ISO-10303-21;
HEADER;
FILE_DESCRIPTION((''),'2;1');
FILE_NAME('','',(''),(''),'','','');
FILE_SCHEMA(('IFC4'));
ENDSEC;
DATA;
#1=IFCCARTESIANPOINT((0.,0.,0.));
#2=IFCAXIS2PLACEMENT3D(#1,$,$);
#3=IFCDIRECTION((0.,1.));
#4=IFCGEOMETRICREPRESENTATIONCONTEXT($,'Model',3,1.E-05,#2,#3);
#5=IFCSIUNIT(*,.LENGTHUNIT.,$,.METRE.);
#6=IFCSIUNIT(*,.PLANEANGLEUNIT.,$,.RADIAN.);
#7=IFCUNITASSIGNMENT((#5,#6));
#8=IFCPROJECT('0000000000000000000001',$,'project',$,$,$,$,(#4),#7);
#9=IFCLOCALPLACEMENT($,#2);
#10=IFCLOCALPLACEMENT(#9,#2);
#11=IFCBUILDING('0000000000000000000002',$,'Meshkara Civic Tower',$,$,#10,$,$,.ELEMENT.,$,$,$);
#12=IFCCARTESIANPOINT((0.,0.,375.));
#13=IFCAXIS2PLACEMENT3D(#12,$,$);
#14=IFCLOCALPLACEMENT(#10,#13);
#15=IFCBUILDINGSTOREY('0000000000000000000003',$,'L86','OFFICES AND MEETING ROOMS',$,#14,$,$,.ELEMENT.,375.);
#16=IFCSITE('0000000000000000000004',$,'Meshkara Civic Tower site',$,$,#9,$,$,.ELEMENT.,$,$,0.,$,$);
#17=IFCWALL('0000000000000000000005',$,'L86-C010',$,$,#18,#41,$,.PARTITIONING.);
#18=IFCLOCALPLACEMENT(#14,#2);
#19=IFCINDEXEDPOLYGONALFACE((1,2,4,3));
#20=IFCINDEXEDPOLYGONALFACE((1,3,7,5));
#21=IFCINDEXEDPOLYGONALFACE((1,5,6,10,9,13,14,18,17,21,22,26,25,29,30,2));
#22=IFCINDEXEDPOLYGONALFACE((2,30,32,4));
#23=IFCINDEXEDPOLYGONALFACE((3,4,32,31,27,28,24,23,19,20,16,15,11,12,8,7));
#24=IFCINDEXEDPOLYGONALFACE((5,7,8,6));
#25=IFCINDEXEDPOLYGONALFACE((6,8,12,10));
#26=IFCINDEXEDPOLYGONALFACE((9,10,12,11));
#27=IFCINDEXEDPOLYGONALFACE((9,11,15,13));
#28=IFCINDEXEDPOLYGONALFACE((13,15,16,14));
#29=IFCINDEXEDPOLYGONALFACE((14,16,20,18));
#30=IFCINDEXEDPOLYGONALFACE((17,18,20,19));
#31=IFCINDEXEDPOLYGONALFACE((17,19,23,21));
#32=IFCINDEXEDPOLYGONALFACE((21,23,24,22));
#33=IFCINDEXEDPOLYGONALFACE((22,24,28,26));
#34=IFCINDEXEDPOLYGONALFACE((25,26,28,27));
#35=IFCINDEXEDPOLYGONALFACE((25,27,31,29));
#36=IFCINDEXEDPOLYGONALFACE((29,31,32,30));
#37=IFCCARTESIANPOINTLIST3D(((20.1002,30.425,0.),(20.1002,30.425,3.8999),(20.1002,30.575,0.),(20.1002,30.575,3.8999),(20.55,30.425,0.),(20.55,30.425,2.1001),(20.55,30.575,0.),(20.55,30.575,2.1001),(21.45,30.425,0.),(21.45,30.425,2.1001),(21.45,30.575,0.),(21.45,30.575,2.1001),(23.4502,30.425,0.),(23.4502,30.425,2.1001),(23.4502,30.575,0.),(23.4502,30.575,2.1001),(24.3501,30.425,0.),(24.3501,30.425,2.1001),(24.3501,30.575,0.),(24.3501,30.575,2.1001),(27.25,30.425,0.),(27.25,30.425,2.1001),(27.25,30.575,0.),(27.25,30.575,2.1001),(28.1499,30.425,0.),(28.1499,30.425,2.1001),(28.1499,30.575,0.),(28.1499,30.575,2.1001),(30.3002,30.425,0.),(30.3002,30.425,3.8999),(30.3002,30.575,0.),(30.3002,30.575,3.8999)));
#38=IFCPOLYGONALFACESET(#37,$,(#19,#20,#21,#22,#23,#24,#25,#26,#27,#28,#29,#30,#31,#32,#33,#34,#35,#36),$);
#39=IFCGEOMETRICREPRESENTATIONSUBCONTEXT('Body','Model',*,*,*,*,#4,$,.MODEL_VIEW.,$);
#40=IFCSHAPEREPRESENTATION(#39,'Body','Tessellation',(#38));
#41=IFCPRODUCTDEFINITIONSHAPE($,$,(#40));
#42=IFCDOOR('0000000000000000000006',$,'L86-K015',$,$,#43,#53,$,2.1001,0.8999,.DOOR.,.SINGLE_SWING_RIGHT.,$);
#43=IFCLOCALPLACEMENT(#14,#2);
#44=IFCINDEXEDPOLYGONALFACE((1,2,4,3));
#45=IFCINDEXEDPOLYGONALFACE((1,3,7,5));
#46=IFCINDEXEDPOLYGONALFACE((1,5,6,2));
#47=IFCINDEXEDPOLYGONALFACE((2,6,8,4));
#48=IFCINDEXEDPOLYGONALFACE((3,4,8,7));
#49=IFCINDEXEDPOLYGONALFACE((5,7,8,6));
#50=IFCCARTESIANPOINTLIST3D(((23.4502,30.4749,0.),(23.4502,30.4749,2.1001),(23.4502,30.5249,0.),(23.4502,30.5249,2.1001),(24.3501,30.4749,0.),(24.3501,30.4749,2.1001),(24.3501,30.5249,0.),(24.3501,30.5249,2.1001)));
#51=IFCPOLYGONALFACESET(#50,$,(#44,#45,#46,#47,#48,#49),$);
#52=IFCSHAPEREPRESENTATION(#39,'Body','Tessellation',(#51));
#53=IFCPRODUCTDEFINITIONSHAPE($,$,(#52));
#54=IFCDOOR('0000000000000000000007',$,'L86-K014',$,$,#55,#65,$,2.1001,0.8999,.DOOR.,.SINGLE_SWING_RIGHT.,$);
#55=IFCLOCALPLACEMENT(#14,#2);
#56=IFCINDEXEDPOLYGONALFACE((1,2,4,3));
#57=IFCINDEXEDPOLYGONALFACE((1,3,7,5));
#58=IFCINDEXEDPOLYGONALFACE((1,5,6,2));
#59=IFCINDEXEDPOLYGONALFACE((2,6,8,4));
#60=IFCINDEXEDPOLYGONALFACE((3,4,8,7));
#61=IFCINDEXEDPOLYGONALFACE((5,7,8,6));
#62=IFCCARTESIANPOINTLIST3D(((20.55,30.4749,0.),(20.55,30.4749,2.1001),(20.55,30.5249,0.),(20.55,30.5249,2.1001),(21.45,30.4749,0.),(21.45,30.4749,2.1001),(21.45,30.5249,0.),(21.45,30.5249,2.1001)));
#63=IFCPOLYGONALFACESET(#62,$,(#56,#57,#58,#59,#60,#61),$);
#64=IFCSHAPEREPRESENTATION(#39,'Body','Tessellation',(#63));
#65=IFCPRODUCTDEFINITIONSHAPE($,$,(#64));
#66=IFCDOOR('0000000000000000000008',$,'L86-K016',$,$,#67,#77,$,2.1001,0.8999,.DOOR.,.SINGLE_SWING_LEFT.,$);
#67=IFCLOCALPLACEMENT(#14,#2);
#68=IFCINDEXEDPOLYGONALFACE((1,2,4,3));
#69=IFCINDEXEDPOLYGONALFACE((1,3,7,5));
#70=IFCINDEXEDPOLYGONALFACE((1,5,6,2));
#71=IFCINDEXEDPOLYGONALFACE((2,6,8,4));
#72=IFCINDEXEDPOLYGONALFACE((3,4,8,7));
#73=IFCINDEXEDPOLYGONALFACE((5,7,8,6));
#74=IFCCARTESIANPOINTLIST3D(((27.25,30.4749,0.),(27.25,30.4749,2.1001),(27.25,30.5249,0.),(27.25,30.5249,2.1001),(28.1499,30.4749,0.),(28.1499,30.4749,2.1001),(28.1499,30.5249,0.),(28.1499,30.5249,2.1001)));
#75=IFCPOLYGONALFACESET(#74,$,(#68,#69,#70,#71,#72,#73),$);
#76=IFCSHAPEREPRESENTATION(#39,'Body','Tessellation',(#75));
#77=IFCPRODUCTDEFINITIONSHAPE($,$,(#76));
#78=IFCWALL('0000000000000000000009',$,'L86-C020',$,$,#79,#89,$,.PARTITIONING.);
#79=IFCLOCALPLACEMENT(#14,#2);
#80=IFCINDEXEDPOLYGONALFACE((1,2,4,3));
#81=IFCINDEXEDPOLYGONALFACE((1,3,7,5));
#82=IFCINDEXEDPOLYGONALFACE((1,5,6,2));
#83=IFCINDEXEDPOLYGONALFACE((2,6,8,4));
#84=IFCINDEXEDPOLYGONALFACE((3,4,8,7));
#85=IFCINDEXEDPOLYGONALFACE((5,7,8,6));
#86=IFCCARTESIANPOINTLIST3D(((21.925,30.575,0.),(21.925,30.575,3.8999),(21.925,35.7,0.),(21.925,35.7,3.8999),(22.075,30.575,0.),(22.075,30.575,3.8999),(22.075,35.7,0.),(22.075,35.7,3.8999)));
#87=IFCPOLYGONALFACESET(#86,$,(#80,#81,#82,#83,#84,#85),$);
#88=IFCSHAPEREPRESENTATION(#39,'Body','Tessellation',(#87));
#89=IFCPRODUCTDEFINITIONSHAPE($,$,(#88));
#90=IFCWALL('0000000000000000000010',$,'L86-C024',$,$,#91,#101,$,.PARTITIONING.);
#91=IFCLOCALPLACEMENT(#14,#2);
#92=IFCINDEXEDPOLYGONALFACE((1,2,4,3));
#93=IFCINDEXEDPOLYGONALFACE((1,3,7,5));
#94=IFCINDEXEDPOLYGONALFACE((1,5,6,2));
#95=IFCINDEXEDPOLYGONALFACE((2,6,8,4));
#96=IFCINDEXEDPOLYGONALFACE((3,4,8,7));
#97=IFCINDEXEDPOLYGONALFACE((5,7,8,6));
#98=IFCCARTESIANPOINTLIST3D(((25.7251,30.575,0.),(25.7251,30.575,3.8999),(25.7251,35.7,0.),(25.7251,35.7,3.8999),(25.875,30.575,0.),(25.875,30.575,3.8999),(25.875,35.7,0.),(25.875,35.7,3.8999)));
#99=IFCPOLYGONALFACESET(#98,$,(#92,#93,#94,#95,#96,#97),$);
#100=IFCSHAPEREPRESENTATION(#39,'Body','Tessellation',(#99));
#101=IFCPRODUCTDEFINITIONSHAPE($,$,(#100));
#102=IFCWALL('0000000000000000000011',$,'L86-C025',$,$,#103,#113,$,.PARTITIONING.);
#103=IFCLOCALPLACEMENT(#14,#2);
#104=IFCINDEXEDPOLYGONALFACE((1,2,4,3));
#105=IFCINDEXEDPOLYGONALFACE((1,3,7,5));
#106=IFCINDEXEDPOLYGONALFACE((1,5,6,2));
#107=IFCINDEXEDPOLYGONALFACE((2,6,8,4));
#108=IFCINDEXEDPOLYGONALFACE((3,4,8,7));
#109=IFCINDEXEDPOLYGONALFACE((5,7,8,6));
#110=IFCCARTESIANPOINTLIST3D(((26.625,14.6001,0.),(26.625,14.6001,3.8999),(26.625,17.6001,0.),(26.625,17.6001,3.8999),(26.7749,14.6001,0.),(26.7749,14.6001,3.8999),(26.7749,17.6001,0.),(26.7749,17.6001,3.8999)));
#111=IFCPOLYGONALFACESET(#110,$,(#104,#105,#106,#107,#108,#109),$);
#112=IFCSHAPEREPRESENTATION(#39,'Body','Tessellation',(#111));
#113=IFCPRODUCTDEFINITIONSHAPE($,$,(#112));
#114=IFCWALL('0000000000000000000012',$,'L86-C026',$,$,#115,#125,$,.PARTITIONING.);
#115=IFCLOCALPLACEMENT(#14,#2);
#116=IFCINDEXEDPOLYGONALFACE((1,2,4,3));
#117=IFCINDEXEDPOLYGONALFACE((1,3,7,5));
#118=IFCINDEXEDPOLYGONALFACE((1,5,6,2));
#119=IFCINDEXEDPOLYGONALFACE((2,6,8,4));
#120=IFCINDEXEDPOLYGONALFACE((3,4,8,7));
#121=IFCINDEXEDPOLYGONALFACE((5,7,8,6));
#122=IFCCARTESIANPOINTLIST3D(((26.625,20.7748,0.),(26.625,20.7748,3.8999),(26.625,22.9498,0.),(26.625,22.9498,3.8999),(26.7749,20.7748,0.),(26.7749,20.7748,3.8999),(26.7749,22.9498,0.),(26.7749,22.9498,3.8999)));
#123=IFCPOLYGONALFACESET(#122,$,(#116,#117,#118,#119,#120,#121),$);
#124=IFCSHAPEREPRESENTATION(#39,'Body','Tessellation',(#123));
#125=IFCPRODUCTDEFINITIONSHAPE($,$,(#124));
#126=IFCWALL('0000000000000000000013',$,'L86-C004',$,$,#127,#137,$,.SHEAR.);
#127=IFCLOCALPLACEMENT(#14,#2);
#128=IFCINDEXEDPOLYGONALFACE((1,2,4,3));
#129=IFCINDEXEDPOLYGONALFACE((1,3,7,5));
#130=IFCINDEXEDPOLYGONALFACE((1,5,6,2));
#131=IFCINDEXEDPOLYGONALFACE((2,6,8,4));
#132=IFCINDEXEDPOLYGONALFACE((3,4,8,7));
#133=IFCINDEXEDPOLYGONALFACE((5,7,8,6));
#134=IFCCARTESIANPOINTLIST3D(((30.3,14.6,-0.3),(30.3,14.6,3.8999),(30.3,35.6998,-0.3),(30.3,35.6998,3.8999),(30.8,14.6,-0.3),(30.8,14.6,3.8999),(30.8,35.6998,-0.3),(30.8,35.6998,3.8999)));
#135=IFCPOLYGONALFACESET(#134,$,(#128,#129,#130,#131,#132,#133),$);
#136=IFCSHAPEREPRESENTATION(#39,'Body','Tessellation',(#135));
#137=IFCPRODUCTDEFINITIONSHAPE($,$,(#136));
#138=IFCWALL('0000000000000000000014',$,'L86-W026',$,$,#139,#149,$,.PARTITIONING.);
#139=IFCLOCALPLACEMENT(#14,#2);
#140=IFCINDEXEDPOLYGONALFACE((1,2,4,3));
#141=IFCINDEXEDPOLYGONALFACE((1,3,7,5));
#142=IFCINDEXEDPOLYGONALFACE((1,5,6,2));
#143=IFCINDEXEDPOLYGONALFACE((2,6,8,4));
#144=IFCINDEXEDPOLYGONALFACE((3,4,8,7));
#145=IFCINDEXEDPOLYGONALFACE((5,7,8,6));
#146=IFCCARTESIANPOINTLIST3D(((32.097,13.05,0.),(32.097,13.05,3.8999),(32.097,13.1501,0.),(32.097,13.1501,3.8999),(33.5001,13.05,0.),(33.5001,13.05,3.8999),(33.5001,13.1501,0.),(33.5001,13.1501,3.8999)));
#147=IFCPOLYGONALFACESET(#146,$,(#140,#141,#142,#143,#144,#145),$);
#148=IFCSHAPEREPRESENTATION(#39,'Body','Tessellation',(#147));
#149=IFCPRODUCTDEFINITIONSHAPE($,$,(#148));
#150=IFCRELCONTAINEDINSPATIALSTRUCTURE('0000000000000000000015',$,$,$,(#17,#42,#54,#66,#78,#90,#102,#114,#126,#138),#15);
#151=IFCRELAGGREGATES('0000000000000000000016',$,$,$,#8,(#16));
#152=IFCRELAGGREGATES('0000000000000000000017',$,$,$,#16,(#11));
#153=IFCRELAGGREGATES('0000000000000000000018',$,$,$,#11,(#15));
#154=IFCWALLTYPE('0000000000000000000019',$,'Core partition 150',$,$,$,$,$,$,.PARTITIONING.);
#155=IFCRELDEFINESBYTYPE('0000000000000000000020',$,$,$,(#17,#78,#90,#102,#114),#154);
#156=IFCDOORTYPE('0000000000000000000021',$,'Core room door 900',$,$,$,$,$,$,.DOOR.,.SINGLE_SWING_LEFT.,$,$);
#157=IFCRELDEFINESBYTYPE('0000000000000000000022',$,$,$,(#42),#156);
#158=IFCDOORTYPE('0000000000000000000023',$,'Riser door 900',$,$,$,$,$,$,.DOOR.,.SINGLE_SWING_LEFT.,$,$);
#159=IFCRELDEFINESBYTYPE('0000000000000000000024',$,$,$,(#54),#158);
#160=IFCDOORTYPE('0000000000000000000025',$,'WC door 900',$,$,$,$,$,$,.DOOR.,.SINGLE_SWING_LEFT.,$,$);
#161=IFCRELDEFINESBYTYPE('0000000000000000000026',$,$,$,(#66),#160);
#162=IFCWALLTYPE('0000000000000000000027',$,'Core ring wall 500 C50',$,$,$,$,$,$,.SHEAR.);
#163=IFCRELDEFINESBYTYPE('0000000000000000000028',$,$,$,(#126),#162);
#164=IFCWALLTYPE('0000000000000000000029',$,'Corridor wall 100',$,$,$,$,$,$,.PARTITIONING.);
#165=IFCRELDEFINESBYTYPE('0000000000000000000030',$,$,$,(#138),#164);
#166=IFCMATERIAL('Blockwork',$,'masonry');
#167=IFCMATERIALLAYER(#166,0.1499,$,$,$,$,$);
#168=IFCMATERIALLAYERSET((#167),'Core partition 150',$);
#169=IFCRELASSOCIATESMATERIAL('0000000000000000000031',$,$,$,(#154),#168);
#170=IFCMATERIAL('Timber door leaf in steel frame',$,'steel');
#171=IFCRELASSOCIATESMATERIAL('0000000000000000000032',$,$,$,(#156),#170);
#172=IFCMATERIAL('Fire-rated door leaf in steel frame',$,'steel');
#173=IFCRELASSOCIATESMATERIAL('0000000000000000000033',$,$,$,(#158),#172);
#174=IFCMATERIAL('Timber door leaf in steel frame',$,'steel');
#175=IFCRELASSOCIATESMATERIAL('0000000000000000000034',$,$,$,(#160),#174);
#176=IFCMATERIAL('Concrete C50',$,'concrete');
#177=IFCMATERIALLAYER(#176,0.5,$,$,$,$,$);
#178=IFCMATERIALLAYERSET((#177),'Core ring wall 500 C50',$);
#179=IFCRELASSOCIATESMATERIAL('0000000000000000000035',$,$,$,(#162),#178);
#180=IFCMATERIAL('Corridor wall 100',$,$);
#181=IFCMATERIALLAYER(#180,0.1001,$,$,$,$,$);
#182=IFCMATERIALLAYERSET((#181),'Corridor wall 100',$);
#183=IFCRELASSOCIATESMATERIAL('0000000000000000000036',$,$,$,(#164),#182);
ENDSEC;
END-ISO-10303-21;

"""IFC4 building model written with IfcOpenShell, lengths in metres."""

from ifc_helpers import new_model, si_unit, direction, frame, frame_2d, origin, place, context, subcontext, project, spatial, rectangle, extrude, material, layer, layer_set, type_object, element, fill, save


model = new_model("IFC4")

# Units and contexts
model_context = context("Model", 3, precision=1e-05, world=origin(), true_north=direction((0.0, 1.0)))
body_context = subcontext(model_context, "Body", "Model", "MODEL_VIEW")
ifc_project = project(units=[si_unit("LENGTHUNIT", "METRE"), si_unit("PLANEANGLEUNIT", "RADIAN")], contexts=[model_context])

# Site, building, storey
site_placement = place(None, origin())
site = spatial("IfcSite", under=ifc_project, at=site_placement, Name="Meshkara Civic Tower site", CompositionType="ELEMENT", RefElevation=0.0)
building_placement = place(site_placement, origin())
building = spatial("IfcBuilding", under=site, at=building_placement, Name="Meshkara Civic Tower", CompositionType="ELEMENT")
storey_placement = place(building_placement, frame((0.0, 0.0, 375.0)))
storey = spatial("IfcBuildingStorey", under=building, at=storey_placement, Name="L86", Description="OFFICES AND MEETING ROOMS", CompositionType="ELEMENT", Elevation=375.0)

# Wall, openings, doors
ifc_material_1 = material(Name="Blockwork", Category="masonry")
ifc_layer_1 = layer(ifc_material_1, 0.1499)
ifc_layer_set_1 = layer_set([ifc_layer_1], Name="Core partition 150")
wall_type_1 = type_object("IfcWallType", Name="Core partition 150", PredefinedType="PARTITIONING", material=ifc_layer_set_1)
wall_1_placement = place(storey_placement, frame((20.1001, 30.5, 0.0), z_axis=(0.0, 0.0, 1.0), x_axis=(1.0, 0.0, 0.0)))
wall_1 = element("IfcWall", 1, at=wall_1_placement, inside=storey, type_object=wall_type_1, Name="L86-C010", PredefinedType="PARTITIONING", context=body_context, shape_type="SweptSolid", body=[
    extrude(rectangle(XDim=10.2, YDim=0.1499, at=frame_2d((5.1001, 0.0))), origin(), (0.0, 0.0, 1.0), 3.8999),
])
opening_1_placement = place(wall_1_placement, frame((0.45, 0.0, 0.0)))
opening_1 = element("IfcOpeningElement", 2, at=opening_1_placement, cuts=wall_1, PredefinedType="OPENING", context=body_context, shape_type="SweptSolid", body=[
    extrude(rectangle(XDim=0.8999, YDim=2.1001, at=frame_2d((0.45, 1.05))), frame((0.0, 0.085, 0.0), z_axis=(0.0, -1.0, 0.0), x_axis=(1.0, 0.0, 0.0)), (0.0, 0.0, 1.0), 0.1699),
])
opening_2_placement = place(wall_1_placement, frame((3.3501, 0.0, 0.0)))
opening_2 = element("IfcOpeningElement", 3, at=opening_2_placement, cuts=wall_1, PredefinedType="OPENING", context=body_context, shape_type="SweptSolid", body=[
    extrude(rectangle(XDim=0.8999, YDim=2.1001, at=frame_2d((0.45, 1.05))), frame((0.0, 0.085, 0.0), z_axis=(0.0, -1.0, 0.0), x_axis=(1.0, 0.0, 0.0)), (0.0, 0.0, 1.0), 0.1699),
])
opening_3_placement = place(wall_1_placement, frame((7.1499, 0.0, 0.0)))
opening_3 = element("IfcOpeningElement", 4, at=opening_3_placement, cuts=wall_1, PredefinedType="OPENING", context=body_context, shape_type="SweptSolid", body=[
    extrude(rectangle(XDim=0.8999, YDim=2.1001, at=frame_2d((0.45, 1.05))), frame((0.0, 0.085, 0.0), z_axis=(0.0, -1.0, 0.0), x_axis=(1.0, 0.0, 0.0)), (0.0, 0.0, 1.0), 0.1699),
])
ifc_material_2 = material(Name="Timber door leaf in steel frame", Category="steel")
door_type_1 = type_object("IfcDoorType", Name="Core room door 900", OperationType="SINGLE_SWING_LEFT", PredefinedType="DOOR", material=ifc_material_2)
door_1_placement = place(opening_2_placement, origin())
door_1 = element("IfcDoor", 5, at=door_1_placement, inside=storey, type_object=door_type_1, Name="L86-K015", OperationType="SINGLE_SWING_RIGHT", OverallHeight=2.1001, OverallWidth=0.8999, PredefinedType="DOOR", context=body_context, shape_type="SweptSolid", body=[
    extrude(rectangle(XDim=0.8999, YDim=2.1001, at=frame_2d((0.45, 1.05))), frame((0.0, 0.0249, 0.0), z_axis=(0.0, -1.0, 0.0), x_axis=(1.0, 0.0, 0.0)), (0.0, 0.0, 1.0), 0.05),
])
fill(opening_2, door_1)
ifc_material_3 = material(Name="Fire-rated door leaf in steel frame", Category="steel")
door_type_2 = type_object("IfcDoorType", Name="Riser door 900", OperationType="SINGLE_SWING_LEFT", PredefinedType="DOOR", material=ifc_material_3)
door_2_placement = place(opening_1_placement, origin())
door_2 = element("IfcDoor", 6, at=door_2_placement, inside=storey, type_object=door_type_2, Name="L86-K014", OperationType="SINGLE_SWING_RIGHT", OverallHeight=2.1001, OverallWidth=0.8999, PredefinedType="DOOR", context=body_context, shape_type="SweptSolid", body=[
    extrude(rectangle(XDim=0.8999, YDim=2.1001, at=frame_2d((0.45, 1.05))), frame((0.0, 0.0249, 0.0), z_axis=(0.0, -1.0, 0.0), x_axis=(1.0, 0.0, 0.0)), (0.0, 0.0, 1.0), 0.05),
])
fill(opening_1, door_2)
ifc_material_4 = material(Name="Timber door leaf in steel frame", Category="steel")
door_type_3 = type_object("IfcDoorType", Name="WC door 900", OperationType="SINGLE_SWING_LEFT", PredefinedType="DOOR", material=ifc_material_4)
door_3_placement = place(opening_3_placement, origin())
door_3 = element("IfcDoor", 7, at=door_3_placement, inside=storey, type_object=door_type_3, Name="L86-K016", OperationType="SINGLE_SWING_LEFT", OverallHeight=2.1001, OverallWidth=0.8999, PredefinedType="DOOR", context=body_context, shape_type="SweptSolid", body=[
    extrude(rectangle(XDim=0.8999, YDim=2.1001, at=frame_2d((0.45, 1.05))), frame((0.0, 0.0249, 0.0), z_axis=(0.0, -1.0, 0.0), x_axis=(1.0, 0.0, 0.0)), (0.0, 0.0, 1.0), 0.05),
])
fill(opening_3, door_3)

# Walls
for number, where, z_axis, x_axis, name in (
    (8, (22.0, 30.575, 0.0), (0.0, 0.0, 1.0), (0.0, 1.0, 0.0), "L86-C020"),
    (9, (25.8, 30.575, 0.0), (0.0, 0.0, 1.0), (0.0, 1.0, 0.0), "L86-C024"),
):
    element("IfcWall", number, at=place(storey_placement, frame(where, z_axis=z_axis, x_axis=x_axis)), inside=storey, type_object=wall_type_1, Name=name, PredefinedType="PARTITIONING", context=body_context, shape_type="SweptSolid", body=[
        extrude(rectangle(XDim=5.125, YDim=0.1499, at=frame_2d((2.5625, 0.0))), origin(), (0.0, 0.0, 1.0), 3.8999),
    ])
wall_2_placement = place(storey_placement, frame((26.7, 14.6001, 0.0), z_axis=(0.0, 0.0, 1.0), x_axis=(0.0, 1.0, 0.0)))
element("IfcWall", 10, at=wall_2_placement, inside=storey, type_object=wall_type_1, Name="L86-C025", PredefinedType="PARTITIONING", context=body_context, shape_type="SweptSolid", body=[
    extrude(rectangle(XDim=3.0, YDim=0.1499, at=frame_2d((1.5, 0.0))), origin(), (0.0, 0.0, 1.0), 3.8999),
])
wall_3_placement = place(storey_placement, frame((26.7, 20.7749, 0.0), z_axis=(0.0, 0.0, 1.0), x_axis=(0.0, 1.0, 0.0)))
element("IfcWall", 11, at=wall_3_placement, inside=storey, type_object=wall_type_1, Name="L86-C026", PredefinedType="PARTITIONING", context=body_context, shape_type="SweptSolid", body=[
    extrude(rectangle(XDim=2.175, YDim=0.1499, at=frame_2d((1.0874, 0.0))), origin(), (0.0, 0.0, 1.0), 3.8999),
])
ifc_material_5 = material(Name="Concrete C50", Category="concrete")
ifc_layer_2 = layer(ifc_material_5, 0.5)
ifc_layer_set_2 = layer_set([ifc_layer_2], Name="Core ring wall 500 C50")
wall_type_2 = type_object("IfcWallType", Name="Core ring wall 500 C50", PredefinedType="SHEAR", material=ifc_layer_set_2)
wall_4_placement = place(storey_placement, frame((30.55, 14.6001, -0.3), z_axis=(0.0, 0.0, 1.0), x_axis=(0.0, 1.0, 0.0)))
element("IfcWall", 12, at=wall_4_placement, inside=storey, type_object=wall_type_2, Name="L86-C004", PredefinedType="SHEAR", context=body_context, shape_type="SweptSolid", body=[
    extrude(rectangle(XDim=21.0999, YDim=0.5, at=frame_2d((10.5498, 0.0))), origin(), (0.0, 0.0, 1.0), 4.2),
])
ifc_material_6 = material(Name="Corridor wall 100")
ifc_layer_3 = layer(ifc_material_6, 0.1001)
ifc_layer_set_3 = layer_set([ifc_layer_3], Name="Corridor wall 100")
wall_type_3 = type_object("IfcWallType", Name="Corridor wall 100", PredefinedType="PARTITIONING", material=ifc_layer_set_3)
wall_5_placement = place(storey_placement, frame((32.0969, 13.1001, 0.0), z_axis=(0.0, 0.0, 1.0), x_axis=(1.0, 0.0, 0.0)))
element("IfcWall", 13, at=wall_5_placement, inside=storey, type_object=wall_type_3, Name="L86-W026", PredefinedType="PARTITIONING", context=body_context, shape_type="SweptSolid", body=[
    extrude(rectangle(XDim=1.4031, YDim=0.1001, at=frame_2d((0.7017, 0.0))), origin(), (0.0, 0.0, 1.0), 3.8999),
])

save(model, "model.ifc")
